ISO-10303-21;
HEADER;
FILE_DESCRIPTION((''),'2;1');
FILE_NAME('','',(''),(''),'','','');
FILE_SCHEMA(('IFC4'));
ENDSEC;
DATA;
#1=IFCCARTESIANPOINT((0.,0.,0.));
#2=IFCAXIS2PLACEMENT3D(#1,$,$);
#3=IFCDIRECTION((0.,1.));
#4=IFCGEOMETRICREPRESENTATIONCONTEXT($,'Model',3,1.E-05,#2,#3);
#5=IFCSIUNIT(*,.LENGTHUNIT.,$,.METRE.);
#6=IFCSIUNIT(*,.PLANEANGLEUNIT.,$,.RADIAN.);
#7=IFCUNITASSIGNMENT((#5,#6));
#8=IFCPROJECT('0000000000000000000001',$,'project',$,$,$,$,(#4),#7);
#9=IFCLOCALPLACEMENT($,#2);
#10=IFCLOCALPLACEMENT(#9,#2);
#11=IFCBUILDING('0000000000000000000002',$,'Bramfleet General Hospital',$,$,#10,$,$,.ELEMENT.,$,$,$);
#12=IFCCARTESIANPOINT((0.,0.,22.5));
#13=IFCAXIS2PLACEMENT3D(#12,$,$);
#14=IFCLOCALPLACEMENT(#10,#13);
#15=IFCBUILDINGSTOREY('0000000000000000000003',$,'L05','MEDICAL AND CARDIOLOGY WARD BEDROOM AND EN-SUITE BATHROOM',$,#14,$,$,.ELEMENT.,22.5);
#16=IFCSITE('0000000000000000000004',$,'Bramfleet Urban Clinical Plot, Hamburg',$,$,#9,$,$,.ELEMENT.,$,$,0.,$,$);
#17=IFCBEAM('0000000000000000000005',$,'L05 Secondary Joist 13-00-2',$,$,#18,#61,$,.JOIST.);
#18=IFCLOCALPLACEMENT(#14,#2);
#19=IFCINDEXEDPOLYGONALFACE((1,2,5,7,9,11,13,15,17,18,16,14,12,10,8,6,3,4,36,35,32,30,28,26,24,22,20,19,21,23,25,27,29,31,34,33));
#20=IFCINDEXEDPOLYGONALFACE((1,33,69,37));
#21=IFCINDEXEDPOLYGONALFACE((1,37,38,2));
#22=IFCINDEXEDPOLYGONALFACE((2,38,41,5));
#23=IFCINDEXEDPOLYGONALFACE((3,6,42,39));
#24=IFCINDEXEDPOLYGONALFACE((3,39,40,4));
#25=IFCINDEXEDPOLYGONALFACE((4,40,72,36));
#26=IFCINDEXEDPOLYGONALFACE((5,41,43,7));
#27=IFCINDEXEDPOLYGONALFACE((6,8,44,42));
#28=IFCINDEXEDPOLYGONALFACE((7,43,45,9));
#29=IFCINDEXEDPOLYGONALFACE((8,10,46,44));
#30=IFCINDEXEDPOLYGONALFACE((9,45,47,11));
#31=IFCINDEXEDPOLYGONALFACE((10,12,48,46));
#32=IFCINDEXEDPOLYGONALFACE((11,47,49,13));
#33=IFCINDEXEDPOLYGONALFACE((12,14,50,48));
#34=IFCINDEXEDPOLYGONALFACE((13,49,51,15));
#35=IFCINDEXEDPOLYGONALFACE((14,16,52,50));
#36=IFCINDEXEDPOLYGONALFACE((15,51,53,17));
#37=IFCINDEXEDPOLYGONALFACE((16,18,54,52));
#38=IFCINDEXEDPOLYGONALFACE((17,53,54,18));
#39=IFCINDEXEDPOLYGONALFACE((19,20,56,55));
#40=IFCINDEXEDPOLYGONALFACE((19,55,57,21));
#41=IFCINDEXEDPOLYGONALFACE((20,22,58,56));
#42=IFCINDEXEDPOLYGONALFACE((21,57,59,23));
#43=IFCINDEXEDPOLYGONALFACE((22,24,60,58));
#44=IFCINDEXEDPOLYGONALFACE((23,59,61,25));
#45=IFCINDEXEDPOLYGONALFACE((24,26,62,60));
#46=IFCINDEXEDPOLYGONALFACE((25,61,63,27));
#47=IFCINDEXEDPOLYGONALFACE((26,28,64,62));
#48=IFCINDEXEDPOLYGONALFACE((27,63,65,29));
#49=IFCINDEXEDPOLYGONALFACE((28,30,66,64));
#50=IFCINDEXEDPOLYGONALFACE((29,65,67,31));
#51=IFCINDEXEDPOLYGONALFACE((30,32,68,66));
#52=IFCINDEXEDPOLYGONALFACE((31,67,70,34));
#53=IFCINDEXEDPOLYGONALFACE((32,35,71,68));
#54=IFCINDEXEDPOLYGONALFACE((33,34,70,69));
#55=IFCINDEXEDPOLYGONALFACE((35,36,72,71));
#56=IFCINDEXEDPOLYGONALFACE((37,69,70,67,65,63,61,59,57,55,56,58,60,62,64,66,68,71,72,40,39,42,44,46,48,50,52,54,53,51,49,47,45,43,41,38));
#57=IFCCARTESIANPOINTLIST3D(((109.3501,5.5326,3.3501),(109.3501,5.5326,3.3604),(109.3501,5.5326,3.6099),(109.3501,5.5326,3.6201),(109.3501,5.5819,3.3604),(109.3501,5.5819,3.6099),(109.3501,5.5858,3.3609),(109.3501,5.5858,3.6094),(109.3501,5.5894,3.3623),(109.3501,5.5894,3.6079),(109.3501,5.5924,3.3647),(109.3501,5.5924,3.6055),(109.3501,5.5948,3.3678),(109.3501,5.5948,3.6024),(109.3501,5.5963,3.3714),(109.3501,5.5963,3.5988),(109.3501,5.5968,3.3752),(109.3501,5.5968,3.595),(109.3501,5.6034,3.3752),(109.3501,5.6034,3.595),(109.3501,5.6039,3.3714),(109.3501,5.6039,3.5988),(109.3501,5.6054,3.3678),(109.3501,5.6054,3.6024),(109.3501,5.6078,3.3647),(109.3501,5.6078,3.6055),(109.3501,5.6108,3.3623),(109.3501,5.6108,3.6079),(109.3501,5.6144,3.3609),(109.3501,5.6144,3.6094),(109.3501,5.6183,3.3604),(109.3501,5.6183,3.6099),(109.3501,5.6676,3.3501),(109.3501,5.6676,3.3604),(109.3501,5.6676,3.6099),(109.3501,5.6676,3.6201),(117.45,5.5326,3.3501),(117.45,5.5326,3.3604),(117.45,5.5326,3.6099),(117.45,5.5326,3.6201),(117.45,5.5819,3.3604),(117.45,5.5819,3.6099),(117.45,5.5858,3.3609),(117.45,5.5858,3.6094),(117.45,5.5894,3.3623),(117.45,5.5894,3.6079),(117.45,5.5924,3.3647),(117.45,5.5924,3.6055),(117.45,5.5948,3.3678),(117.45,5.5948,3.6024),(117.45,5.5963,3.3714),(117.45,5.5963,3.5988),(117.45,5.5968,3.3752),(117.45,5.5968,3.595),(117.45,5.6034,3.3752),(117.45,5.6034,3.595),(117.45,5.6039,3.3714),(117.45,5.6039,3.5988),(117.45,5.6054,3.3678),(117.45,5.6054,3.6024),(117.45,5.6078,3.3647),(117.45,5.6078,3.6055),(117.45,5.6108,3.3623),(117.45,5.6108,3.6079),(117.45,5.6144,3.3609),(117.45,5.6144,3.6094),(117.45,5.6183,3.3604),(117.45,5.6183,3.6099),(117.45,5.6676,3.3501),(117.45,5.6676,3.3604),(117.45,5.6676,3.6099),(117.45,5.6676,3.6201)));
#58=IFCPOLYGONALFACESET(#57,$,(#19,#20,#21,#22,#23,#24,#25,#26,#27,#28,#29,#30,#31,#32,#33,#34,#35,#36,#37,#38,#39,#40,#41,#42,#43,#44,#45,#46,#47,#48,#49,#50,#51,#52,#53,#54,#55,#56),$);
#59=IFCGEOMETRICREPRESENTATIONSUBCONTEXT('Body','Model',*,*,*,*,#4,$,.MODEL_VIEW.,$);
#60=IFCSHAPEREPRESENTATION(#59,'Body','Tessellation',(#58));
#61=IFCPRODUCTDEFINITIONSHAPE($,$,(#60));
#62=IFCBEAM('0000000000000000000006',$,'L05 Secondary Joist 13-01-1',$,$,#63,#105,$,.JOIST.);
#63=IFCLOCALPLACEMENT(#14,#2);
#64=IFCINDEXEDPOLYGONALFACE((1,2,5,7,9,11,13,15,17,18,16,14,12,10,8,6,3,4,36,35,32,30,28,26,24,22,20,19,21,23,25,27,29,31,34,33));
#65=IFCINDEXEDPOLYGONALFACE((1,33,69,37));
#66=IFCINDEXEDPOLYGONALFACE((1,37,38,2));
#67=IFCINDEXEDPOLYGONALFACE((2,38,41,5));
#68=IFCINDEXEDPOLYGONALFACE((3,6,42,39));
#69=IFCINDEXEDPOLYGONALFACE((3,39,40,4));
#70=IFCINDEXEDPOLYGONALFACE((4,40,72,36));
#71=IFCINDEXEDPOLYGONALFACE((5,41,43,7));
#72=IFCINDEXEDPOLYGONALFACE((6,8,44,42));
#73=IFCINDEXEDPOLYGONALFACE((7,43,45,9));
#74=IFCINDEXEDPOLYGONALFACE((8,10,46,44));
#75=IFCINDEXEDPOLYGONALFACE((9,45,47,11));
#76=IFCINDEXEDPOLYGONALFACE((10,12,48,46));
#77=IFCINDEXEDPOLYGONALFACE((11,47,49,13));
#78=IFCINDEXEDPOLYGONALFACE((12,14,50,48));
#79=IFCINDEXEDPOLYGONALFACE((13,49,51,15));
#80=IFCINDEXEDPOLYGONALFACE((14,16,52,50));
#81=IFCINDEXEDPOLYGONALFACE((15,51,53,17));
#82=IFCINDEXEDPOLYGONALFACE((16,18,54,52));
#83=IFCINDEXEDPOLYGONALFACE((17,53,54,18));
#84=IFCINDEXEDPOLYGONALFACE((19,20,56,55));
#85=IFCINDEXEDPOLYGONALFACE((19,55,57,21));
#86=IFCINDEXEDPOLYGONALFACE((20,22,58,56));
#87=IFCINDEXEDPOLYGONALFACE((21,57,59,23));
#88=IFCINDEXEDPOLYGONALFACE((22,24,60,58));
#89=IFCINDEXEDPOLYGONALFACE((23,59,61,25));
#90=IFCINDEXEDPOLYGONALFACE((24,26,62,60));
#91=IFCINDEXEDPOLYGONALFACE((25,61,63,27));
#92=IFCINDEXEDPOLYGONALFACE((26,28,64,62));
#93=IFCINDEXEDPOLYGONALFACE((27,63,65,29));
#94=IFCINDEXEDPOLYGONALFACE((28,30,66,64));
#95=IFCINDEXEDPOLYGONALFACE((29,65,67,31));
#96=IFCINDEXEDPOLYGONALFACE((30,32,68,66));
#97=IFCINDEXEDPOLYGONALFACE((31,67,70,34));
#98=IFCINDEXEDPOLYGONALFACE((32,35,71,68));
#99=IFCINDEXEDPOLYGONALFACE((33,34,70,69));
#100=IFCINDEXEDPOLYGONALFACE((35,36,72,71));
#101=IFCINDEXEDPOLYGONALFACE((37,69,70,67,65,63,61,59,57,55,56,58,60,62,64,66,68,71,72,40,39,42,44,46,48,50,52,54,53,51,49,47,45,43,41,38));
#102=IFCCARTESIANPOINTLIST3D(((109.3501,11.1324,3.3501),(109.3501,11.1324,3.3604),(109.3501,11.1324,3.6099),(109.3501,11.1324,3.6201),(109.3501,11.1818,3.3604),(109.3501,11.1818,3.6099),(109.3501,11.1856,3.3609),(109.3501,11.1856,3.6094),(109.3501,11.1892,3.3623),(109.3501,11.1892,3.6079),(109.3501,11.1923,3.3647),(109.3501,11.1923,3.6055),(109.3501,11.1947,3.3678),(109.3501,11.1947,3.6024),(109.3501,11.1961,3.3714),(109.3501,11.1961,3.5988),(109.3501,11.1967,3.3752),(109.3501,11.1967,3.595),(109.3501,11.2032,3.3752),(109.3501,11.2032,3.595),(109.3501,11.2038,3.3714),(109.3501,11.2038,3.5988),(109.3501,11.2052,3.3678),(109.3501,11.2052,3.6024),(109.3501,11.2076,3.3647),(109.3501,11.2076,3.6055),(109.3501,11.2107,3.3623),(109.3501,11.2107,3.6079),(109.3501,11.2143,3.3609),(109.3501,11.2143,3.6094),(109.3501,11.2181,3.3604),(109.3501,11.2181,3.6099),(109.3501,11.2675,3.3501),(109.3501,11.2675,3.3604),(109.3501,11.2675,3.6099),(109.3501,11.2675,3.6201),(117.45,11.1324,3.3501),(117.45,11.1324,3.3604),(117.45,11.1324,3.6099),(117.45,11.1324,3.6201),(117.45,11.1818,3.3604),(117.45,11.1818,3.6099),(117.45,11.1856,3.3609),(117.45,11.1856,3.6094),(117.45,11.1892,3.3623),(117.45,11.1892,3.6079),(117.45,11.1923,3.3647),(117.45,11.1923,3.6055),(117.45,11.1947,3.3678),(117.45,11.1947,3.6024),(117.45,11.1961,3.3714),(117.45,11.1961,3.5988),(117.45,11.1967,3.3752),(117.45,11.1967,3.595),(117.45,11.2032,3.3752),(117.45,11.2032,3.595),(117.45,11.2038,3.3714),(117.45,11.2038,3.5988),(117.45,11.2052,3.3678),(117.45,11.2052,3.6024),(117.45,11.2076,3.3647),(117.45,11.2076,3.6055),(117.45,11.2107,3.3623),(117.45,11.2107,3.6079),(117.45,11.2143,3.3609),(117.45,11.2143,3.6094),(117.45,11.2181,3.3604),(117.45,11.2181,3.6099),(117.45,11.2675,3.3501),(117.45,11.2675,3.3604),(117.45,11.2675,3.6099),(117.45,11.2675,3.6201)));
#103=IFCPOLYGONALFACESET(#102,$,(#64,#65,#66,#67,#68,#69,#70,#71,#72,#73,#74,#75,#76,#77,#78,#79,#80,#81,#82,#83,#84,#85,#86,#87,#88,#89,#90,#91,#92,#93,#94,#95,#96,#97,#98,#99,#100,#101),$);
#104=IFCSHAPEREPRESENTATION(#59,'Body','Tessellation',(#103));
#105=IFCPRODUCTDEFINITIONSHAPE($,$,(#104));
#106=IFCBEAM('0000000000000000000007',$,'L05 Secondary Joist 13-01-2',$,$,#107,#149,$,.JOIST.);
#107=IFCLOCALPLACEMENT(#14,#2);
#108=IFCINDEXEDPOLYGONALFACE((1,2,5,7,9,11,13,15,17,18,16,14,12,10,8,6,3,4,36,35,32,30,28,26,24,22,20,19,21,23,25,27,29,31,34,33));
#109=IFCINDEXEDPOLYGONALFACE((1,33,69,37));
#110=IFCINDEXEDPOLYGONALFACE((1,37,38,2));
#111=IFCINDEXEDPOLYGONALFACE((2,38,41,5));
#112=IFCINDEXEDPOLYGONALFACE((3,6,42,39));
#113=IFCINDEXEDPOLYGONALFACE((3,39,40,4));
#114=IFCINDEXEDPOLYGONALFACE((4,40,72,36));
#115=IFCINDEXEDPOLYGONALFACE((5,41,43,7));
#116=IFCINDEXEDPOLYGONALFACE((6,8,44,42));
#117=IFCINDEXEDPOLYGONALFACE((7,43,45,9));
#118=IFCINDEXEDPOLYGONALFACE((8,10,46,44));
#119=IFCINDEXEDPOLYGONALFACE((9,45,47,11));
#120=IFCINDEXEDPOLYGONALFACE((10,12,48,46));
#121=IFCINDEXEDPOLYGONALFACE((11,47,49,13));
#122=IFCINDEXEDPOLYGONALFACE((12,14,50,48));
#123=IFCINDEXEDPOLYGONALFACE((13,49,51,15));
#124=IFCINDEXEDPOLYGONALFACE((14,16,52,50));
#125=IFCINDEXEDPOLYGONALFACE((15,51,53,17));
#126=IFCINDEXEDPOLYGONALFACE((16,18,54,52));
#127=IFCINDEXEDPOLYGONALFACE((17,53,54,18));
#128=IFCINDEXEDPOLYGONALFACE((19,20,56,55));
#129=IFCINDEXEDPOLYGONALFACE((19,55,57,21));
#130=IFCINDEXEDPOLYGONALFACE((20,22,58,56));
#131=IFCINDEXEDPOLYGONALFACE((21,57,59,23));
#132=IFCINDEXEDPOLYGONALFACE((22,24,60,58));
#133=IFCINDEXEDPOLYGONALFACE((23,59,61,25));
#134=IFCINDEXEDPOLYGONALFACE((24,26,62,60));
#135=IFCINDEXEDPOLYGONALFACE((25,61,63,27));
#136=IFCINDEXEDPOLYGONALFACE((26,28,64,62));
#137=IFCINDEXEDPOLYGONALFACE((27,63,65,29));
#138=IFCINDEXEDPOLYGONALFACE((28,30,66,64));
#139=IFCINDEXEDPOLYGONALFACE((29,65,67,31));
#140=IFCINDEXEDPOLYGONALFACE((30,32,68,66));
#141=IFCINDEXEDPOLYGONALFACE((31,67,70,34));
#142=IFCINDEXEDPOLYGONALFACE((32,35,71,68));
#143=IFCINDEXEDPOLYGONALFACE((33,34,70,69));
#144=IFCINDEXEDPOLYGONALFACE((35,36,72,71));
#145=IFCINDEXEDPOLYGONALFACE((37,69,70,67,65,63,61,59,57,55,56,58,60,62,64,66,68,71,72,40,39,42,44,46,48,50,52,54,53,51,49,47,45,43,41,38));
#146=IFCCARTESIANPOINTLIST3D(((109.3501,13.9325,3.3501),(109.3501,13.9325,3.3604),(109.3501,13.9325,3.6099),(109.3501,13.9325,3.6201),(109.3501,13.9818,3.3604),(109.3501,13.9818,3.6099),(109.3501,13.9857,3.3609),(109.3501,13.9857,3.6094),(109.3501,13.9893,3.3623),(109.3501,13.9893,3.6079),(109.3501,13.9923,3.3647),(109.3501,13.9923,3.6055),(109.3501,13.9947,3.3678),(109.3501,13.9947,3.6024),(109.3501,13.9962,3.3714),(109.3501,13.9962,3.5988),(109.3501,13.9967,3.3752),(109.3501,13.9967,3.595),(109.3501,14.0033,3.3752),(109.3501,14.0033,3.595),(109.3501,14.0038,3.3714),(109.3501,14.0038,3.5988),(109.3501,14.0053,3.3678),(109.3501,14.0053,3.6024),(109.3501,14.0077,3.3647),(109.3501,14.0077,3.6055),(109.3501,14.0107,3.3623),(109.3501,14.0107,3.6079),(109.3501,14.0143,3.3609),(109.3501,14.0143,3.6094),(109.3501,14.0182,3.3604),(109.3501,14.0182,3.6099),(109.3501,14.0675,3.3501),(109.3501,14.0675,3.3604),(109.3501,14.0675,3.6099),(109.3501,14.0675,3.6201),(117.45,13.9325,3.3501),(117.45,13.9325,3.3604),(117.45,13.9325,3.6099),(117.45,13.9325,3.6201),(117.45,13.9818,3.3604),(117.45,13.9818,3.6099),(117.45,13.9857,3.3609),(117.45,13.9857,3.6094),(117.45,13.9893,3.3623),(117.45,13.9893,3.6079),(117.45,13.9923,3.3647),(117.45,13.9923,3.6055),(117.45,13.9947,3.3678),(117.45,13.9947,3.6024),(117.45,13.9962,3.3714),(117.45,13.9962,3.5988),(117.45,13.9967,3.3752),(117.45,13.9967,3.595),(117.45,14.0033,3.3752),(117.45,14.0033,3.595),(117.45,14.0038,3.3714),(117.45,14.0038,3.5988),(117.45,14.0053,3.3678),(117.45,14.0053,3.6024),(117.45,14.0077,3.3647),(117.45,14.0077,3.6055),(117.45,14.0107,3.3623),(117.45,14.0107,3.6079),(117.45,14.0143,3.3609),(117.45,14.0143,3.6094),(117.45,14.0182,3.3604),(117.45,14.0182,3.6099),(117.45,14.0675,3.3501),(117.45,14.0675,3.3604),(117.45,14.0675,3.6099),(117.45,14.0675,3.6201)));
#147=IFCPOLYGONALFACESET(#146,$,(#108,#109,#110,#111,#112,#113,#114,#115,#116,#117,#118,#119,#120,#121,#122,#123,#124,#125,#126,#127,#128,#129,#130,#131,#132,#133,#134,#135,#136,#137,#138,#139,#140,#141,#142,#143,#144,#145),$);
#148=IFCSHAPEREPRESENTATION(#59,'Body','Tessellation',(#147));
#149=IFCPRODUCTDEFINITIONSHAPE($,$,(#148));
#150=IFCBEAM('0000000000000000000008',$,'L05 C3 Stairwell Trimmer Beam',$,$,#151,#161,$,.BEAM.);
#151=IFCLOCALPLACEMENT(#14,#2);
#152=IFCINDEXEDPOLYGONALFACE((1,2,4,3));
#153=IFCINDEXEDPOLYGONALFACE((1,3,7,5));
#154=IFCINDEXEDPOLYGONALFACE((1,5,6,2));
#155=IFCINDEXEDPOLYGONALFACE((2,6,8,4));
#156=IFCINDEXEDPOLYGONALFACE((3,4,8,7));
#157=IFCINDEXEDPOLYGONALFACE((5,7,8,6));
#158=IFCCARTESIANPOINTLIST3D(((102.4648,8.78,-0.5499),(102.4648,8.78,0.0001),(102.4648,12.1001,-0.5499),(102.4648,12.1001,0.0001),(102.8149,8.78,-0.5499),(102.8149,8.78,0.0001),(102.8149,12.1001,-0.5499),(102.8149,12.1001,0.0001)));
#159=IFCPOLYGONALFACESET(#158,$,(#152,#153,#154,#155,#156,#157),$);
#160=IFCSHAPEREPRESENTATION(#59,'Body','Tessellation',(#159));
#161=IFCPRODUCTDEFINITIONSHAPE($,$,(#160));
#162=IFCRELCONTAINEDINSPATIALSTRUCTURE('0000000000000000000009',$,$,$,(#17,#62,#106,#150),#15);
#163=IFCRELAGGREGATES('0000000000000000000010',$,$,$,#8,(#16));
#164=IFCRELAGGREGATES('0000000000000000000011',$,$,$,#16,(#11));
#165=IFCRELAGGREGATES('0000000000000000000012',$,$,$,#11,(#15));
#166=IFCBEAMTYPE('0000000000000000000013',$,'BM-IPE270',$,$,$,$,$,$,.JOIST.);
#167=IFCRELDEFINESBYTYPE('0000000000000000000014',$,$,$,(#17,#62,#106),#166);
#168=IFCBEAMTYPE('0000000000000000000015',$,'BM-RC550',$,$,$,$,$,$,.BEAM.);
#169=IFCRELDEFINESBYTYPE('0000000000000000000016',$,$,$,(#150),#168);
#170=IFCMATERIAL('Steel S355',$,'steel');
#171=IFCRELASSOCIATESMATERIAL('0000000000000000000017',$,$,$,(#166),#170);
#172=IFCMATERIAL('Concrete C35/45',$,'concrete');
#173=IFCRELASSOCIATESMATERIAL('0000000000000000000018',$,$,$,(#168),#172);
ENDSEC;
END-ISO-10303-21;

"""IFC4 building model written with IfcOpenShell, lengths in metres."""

from ifc_helpers import new_model, si_unit, direction, frame, origin, origin_2d, place, context, subcontext, project, spatial, rectangle, i_section, extrude, material, material_profile, profile_set, type_object, element, save


model = new_model("IFC4")

# Units and contexts
model_context = context("Model", 3, precision=1e-05, world=origin(), true_north=direction((0.0, 1.0)))
body_context = subcontext(model_context, "Body", "Model", "MODEL_VIEW")
ifc_project = project(units=[si_unit("LENGTHUNIT", "METRE"), si_unit("PLANEANGLEUNIT", "RADIAN")], contexts=[model_context])

# Site, building, storey
site_placement = place(None, origin())
site = spatial("IfcSite", under=ifc_project, at=site_placement, Name="Bramfleet Urban Clinical Plot, Hamburg", CompositionType="ELEMENT", RefElevation=0.0)
building_placement = place(site_placement, origin())
building = spatial("IfcBuilding", under=site, at=building_placement, Name="Bramfleet General Hospital", CompositionType="ELEMENT")
storey_placement = place(building_placement, frame((0.0, 0.0, 22.5)))
storey = spatial("IfcBuildingStorey", under=building, at=storey_placement, Name="L05", Description="MEDICAL AND CARDIOLOGY WARD BEDROOM AND EN-SUITE BATHROOM", CompositionType="ELEMENT", Elevation=22.5)

# Beams
ifc_material_1 = material(Name="Steel S355", Category="steel")
ifc_material_profile_1 = material_profile(ifc_material_1, i_section(OverallWidth=0.135, OverallDepth=0.27, WebThickness=0.0066, FlangeThickness=0.0103, FilletRadius=0.0149, at=origin_2d()), Name="IPE 270")
ifc_profile_set_1 = profile_set([ifc_material_profile_1], Name="Steel S355")
beam_type_1 = type_object("IfcBeamType", Name="BM-IPE270", PredefinedType="JOIST", material=ifc_profile_set_1)
for number, where, z_axis, x_axis, name in (
    (1, (109.3501, 5.6001, 3.4851), (1.0, 0.0, 0.0), (0.0, 1.0, 0.0), "L05 Secondary Joist 13-00-2"),
    (2, (109.3501, 11.2, 3.4851), (1.0, 0.0, 0.0), (0.0, 1.0, 0.0), "L05 Secondary Joist 13-01-1"),
    (3, (109.3501, 14.0, 3.4851), (1.0, 0.0, 0.0), (0.0, 1.0, 0.0), "L05 Secondary Joist 13-01-2"),
):
    element("IfcBeam", number, at=place(storey_placement, frame(where, z_axis=z_axis, x_axis=x_axis)), inside=storey, type_object=beam_type_1, Name=name, PredefinedType="JOIST", context=body_context, shape_type="SweptSolid", body=[
        extrude(i_section(OverallWidth=0.135, OverallDepth=0.27, WebThickness=0.0066, FlangeThickness=0.0103, FilletRadius=0.0149, at=origin_2d()), origin(), (0.0, 0.0, 1.0), 8.0999),
    ])
ifc_material_2 = material(Name="Concrete C35/45", Category="concrete")
ifc_material_profile_2 = material_profile(ifc_material_2, rectangle(XDim=0.3501, YDim=0.55, at=origin_2d()), Name="RC BM 550x350")
ifc_profile_set_2 = profile_set([ifc_material_profile_2], Name="Concrete C35/45")
beam_type_2 = type_object("IfcBeamType", Name="BM-RC550", PredefinedType="BEAM", material=ifc_profile_set_2)
beam_placement = place(storey_placement, frame((102.6399, 8.78, -0.2749), z_axis=(0.0, 1.0, 0.0), x_axis=(-1.0, 0.0, 0.0)))
element("IfcBeam", 4, at=beam_placement, inside=storey, type_object=beam_type_2, Name="L05 C3 Stairwell Trimmer Beam", PredefinedType="BEAM", context=body_context, shape_type="SweptSolid", body=[
    extrude(rectangle(XDim=0.3501, YDim=0.55, at=origin_2d()), origin(), (0.0, 0.0, 1.0), 3.3201),
])

save(model, "model.ifc")
